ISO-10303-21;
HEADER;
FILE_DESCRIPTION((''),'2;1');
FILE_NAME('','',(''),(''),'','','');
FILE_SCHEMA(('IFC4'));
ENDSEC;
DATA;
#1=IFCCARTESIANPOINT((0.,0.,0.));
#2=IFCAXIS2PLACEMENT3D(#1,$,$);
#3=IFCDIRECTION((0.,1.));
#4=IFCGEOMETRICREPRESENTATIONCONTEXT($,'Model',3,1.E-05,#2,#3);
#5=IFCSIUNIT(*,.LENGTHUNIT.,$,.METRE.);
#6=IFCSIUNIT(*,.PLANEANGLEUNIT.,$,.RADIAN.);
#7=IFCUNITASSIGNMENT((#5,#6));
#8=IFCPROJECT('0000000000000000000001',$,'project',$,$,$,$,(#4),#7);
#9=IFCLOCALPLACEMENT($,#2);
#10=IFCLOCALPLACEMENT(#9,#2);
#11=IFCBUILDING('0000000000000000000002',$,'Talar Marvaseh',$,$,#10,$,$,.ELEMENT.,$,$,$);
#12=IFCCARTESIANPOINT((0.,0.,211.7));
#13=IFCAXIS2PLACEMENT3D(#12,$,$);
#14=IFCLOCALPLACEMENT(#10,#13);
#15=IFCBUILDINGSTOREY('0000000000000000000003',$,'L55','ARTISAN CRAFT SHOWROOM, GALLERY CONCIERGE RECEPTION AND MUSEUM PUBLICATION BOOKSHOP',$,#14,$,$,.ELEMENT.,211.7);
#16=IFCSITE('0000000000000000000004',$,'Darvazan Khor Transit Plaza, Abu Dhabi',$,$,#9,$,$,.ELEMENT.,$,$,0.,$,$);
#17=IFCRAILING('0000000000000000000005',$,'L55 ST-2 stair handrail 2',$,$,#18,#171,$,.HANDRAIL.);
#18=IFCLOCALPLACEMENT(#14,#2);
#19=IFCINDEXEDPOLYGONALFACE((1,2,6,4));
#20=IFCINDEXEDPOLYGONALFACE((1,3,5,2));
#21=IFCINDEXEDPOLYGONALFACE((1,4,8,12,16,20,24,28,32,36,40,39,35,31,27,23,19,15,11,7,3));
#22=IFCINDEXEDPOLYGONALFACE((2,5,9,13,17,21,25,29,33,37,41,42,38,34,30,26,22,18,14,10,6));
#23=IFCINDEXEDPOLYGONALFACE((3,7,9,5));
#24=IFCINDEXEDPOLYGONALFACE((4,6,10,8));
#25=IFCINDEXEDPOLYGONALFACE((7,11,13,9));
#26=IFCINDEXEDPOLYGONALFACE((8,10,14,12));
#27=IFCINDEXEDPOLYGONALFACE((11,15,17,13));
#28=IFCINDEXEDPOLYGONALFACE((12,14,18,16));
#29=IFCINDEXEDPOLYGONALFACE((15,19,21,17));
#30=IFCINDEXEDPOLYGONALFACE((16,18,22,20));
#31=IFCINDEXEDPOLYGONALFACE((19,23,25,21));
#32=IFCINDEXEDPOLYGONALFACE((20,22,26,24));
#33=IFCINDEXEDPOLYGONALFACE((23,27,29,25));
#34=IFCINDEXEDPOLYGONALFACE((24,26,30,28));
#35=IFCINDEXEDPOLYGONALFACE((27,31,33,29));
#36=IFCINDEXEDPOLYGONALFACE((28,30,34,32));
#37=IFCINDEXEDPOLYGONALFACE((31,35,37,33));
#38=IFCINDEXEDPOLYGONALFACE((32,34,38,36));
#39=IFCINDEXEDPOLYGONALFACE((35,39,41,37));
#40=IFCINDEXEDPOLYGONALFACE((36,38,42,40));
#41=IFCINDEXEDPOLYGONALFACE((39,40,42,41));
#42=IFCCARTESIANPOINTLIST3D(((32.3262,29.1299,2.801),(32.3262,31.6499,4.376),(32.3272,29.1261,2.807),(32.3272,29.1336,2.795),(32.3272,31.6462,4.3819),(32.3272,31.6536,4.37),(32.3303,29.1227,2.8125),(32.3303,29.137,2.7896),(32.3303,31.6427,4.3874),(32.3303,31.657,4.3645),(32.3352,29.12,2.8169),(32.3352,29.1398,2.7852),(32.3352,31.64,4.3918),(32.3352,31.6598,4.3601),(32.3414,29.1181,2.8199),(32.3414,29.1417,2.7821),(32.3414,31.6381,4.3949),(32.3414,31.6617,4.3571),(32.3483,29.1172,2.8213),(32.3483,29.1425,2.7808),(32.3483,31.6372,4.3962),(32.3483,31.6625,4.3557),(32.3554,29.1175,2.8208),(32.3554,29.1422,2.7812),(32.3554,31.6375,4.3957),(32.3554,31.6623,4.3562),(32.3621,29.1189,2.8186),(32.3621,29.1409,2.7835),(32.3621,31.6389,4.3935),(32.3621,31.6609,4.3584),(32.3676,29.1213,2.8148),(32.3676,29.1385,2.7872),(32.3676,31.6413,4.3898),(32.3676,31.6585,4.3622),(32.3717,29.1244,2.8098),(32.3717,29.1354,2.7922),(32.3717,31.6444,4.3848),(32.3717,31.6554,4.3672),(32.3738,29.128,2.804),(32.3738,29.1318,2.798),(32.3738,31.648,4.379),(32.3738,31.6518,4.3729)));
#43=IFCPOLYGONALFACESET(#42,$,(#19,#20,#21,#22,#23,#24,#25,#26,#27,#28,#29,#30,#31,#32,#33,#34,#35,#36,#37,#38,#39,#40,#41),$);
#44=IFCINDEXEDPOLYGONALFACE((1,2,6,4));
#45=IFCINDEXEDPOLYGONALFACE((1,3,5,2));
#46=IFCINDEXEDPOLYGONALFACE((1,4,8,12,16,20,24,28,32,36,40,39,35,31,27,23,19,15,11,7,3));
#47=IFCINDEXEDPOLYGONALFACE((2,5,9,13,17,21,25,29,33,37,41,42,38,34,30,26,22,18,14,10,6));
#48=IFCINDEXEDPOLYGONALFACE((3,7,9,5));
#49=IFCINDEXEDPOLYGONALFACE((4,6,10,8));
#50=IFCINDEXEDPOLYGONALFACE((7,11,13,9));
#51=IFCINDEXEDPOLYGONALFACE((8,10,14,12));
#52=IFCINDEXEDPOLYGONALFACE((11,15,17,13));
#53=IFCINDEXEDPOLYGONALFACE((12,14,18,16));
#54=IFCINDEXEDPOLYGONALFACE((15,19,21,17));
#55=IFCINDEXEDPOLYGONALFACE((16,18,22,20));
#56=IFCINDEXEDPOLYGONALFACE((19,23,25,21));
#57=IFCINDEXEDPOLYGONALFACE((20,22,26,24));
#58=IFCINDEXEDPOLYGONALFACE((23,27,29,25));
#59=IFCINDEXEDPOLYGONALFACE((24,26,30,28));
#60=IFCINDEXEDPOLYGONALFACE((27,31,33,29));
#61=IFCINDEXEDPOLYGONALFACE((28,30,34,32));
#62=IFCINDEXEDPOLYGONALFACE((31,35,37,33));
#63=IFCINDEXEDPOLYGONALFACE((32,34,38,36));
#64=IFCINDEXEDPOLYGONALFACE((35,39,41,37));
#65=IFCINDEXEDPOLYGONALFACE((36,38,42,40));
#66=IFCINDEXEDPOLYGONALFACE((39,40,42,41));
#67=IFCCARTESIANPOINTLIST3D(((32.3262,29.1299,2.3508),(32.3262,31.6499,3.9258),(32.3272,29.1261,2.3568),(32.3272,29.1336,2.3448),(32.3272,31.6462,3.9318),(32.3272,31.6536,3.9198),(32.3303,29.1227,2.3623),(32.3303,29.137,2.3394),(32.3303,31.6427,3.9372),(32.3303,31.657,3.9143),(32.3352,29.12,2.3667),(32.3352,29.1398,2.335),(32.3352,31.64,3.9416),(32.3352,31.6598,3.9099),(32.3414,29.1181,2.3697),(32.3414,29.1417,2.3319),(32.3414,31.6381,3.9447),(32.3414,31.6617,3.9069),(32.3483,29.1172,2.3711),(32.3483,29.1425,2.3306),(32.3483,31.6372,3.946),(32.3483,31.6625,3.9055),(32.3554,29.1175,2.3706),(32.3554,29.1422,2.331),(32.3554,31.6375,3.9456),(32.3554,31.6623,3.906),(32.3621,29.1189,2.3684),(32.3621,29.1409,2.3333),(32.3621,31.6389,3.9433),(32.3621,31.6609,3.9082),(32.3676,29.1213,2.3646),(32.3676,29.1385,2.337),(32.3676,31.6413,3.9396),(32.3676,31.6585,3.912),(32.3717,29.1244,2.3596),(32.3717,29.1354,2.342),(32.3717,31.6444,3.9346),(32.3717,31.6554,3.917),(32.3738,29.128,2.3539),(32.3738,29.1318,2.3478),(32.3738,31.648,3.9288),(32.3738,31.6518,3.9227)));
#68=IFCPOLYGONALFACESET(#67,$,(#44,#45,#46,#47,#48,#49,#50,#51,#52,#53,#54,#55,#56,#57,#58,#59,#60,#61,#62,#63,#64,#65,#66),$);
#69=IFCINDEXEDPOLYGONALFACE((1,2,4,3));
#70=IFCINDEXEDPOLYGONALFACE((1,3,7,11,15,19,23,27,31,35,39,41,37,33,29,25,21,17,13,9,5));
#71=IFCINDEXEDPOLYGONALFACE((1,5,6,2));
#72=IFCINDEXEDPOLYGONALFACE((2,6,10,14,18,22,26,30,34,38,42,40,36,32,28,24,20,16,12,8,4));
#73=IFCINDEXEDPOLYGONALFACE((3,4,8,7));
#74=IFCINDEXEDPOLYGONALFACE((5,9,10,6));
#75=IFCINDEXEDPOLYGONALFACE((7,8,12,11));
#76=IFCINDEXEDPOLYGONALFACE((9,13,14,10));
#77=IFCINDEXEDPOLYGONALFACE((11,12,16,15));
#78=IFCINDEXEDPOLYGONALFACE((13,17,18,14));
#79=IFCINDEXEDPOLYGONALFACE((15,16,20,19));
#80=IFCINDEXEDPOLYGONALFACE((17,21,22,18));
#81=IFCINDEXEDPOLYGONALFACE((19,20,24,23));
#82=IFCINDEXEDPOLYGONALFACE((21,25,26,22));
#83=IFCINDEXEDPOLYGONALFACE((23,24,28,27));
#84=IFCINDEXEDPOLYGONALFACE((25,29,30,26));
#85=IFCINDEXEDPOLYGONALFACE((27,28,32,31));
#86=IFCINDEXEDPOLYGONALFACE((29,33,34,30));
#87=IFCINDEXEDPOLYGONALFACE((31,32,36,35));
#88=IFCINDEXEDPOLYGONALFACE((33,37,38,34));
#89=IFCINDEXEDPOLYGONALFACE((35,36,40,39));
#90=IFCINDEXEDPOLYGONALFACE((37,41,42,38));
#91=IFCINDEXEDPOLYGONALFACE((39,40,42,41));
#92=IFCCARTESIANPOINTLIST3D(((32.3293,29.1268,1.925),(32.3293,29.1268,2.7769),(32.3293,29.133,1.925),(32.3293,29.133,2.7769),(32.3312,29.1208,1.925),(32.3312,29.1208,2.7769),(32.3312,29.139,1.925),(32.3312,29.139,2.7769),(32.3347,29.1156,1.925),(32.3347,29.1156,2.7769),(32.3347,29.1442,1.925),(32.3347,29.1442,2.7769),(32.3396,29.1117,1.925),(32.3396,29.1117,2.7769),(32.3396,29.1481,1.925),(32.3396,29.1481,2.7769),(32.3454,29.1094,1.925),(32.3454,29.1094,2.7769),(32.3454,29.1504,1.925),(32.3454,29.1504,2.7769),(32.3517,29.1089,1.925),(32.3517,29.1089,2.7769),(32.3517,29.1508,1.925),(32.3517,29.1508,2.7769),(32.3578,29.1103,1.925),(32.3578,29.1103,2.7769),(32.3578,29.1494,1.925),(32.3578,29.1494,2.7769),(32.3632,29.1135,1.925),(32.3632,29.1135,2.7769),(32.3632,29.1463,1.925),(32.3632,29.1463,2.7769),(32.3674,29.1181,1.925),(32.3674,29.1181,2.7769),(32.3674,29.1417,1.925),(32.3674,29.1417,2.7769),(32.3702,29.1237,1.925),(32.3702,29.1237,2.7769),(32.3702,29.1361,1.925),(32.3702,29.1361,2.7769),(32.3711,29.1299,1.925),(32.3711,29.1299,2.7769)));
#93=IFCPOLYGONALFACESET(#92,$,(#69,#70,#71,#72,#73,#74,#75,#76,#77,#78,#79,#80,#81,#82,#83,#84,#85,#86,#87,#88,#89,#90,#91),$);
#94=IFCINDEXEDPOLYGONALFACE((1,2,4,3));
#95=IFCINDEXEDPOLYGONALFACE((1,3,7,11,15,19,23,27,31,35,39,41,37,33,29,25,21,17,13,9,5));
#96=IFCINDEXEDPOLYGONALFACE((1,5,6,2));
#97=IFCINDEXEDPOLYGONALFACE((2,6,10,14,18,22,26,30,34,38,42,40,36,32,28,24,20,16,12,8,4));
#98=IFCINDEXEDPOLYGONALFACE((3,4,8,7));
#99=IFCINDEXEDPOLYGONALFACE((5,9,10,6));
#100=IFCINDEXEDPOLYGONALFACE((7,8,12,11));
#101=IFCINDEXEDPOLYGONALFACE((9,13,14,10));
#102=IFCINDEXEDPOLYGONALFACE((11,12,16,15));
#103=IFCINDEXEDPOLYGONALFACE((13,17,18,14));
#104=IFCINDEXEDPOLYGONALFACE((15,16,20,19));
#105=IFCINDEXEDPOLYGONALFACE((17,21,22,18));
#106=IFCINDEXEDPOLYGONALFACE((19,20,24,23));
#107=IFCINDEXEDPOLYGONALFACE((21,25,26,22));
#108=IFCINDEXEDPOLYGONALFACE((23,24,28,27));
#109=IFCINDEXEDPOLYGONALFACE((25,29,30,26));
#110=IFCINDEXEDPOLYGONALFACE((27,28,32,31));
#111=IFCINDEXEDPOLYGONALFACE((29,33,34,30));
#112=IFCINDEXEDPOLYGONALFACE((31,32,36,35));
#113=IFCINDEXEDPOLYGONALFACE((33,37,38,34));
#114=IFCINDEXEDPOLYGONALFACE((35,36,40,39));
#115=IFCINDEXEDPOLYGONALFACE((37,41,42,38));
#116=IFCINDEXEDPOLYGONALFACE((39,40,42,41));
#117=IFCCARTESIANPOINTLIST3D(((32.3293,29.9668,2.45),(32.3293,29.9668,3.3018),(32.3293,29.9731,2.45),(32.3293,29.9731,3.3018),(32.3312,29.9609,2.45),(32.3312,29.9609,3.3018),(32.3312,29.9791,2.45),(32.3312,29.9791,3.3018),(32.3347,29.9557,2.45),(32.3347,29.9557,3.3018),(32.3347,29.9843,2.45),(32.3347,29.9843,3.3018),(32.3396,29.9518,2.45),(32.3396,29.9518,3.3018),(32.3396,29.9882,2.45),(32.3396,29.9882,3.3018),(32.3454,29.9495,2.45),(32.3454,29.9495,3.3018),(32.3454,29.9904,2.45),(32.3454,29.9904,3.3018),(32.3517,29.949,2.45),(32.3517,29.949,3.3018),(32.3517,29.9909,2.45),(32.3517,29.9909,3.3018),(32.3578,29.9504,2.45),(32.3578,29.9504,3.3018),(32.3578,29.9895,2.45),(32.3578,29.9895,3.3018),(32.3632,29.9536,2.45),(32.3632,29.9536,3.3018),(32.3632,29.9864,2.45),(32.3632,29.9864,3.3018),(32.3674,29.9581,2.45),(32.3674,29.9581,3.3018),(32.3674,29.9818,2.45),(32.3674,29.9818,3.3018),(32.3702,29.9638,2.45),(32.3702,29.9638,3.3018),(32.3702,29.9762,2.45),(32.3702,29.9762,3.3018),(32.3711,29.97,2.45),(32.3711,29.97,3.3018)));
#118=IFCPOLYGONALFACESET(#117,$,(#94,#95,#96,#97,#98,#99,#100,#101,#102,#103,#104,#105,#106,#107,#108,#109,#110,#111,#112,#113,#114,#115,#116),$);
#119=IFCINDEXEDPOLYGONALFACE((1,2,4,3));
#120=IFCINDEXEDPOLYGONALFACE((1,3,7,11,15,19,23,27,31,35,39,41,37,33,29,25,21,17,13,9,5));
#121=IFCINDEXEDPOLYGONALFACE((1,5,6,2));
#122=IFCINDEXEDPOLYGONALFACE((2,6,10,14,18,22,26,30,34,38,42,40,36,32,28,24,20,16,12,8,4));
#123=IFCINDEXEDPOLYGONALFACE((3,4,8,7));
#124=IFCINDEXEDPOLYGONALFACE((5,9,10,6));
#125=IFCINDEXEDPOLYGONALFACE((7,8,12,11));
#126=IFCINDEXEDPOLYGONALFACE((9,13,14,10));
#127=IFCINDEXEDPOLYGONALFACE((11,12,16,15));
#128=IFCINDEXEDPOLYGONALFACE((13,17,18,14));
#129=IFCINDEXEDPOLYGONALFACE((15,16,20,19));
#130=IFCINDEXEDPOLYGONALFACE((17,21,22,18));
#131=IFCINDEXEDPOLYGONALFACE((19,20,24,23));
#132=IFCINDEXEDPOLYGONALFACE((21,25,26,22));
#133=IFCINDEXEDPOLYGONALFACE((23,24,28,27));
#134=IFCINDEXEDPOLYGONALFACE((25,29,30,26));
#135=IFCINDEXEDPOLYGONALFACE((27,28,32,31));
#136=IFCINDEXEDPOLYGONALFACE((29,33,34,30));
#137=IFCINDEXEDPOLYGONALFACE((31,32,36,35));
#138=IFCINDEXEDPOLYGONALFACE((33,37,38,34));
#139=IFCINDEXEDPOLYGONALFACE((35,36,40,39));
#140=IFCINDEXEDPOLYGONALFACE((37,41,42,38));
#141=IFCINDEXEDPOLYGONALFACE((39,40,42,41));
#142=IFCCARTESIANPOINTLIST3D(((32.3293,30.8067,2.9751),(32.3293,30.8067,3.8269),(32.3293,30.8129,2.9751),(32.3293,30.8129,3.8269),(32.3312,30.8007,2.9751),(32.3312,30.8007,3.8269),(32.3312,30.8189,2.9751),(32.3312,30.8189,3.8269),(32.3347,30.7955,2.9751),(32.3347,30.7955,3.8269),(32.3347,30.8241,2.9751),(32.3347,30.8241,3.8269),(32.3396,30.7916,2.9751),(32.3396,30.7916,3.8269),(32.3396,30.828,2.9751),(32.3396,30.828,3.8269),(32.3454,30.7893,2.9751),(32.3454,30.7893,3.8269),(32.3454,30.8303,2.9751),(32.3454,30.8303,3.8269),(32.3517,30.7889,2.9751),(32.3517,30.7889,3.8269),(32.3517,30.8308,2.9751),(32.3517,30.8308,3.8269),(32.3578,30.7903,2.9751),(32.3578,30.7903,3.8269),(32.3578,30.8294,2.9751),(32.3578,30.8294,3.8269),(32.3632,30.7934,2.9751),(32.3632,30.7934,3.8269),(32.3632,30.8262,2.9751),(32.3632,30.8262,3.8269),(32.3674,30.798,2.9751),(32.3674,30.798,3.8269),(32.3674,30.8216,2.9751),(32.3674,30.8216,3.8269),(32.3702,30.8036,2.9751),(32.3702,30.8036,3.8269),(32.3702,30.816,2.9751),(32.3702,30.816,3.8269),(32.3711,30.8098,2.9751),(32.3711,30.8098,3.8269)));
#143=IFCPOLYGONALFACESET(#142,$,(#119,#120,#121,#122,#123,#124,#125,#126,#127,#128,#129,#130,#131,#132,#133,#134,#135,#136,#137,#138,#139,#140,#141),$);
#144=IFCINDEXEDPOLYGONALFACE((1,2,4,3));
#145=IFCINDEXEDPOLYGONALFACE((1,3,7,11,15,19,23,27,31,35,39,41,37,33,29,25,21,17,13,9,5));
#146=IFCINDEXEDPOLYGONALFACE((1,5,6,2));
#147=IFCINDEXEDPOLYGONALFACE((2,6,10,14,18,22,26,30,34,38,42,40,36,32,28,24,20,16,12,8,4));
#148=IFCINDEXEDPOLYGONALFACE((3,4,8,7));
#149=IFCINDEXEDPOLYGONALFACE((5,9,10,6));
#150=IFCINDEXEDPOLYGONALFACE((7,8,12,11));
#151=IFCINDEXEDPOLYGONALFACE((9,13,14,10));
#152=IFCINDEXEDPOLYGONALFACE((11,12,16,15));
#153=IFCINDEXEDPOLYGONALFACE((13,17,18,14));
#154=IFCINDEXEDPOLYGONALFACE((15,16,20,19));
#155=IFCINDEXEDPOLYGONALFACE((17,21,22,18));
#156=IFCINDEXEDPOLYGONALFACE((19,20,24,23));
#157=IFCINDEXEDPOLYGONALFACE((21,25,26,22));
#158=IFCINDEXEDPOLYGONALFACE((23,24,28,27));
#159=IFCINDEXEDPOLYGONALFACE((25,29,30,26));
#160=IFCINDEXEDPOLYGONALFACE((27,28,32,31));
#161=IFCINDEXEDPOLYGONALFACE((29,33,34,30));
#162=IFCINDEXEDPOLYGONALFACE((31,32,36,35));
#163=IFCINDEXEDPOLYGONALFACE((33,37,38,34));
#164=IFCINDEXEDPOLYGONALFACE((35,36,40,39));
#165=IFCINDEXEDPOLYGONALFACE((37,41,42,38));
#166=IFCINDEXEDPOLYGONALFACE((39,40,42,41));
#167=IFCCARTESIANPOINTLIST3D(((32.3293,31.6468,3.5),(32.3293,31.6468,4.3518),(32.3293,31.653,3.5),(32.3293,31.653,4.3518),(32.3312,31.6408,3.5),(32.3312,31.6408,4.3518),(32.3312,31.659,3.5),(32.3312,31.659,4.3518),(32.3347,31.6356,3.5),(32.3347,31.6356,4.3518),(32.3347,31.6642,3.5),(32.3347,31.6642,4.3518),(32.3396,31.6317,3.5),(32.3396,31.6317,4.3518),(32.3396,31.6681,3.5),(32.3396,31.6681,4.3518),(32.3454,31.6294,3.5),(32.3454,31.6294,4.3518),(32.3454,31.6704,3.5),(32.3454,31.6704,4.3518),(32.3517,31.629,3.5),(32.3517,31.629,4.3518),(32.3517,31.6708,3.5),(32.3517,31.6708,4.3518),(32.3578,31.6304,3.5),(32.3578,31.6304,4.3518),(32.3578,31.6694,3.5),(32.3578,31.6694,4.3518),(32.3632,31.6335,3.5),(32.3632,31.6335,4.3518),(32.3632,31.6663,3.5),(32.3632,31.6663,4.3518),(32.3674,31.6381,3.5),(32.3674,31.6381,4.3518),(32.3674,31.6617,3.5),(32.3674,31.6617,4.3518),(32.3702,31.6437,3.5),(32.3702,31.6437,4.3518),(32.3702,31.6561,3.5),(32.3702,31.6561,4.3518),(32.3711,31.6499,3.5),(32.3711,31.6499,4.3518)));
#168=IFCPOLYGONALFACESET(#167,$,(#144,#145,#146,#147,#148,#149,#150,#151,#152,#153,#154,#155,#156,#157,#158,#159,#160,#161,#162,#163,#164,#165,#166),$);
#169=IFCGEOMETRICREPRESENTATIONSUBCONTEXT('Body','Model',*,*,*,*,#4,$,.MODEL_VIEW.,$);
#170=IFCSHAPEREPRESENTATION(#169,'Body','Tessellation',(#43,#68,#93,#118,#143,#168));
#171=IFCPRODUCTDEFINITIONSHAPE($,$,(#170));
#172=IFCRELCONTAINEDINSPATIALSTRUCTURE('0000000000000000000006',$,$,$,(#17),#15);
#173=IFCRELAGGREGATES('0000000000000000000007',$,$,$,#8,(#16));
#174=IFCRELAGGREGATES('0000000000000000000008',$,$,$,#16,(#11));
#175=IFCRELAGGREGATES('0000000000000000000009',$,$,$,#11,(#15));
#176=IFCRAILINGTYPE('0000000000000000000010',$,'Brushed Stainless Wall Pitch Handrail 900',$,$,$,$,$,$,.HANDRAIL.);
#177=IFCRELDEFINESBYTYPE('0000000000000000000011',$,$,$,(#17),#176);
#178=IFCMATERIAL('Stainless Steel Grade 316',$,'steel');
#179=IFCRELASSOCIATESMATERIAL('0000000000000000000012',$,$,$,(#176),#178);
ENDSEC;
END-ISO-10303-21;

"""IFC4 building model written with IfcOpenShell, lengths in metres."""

from ifc_helpers import new_model, si_unit, direction, frame, origin, origin_2d, place, context, subcontext, project, spatial, circle, extrude, material, type_object, element, save


model = new_model("IFC4")

# Units and contexts
model_context = context("Model", 3, precision=1e-05, world=origin(), true_north=direction((0.0, 1.0)))
body_context = subcontext(model_context, "Body", "Model", "MODEL_VIEW")
ifc_project = project(units=[si_unit("LENGTHUNIT", "METRE"), si_unit("PLANEANGLEUNIT", "RADIAN")], contexts=[model_context])

# Site, building, storey
site_placement = place(None, origin())
site = spatial("IfcSite", under=ifc_project, at=site_placement, Name="Darvazan Khor Transit Plaza, Abu Dhabi", CompositionType="ELEMENT", RefElevation=0.0)
building_placement = place(site_placement, origin())
building = spatial("IfcBuilding", under=site, at=building_placement, Name="Talar Marvaseh", CompositionType="ELEMENT")
storey_placement = place(building_placement, frame((0.0, 0.0, 211.7)))
storey = spatial("IfcBuildingStorey", under=building, at=storey_placement, Name="L55", Description="ARTISAN CRAFT SHOWROOM, GALLERY CONCIERGE RECEPTION AND MUSEUM PUBLICATION BOOKSHOP", CompositionType="ELEMENT", Elevation=211.7)

# Shared definitions
ifc_material_1 = material(Name="Stainless Steel Grade 316", Category="steel")

# Railing
railing_type_1 = type_object("IfcRailingType", Name="Brushed Stainless Wall Pitch Handrail 900", PredefinedType="HANDRAIL", material=ifc_material_1)
railing_1_placement = place(storey_placement, frame((32.3501, 29.1299, 1.925)))
element("IfcRailing", 1, at=railing_1_placement, inside=storey, type_object=railing_type_1, Name="L55 ST-2 stair handrail 2", PredefinedType="HANDRAIL", context=body_context, shape_type="SweptSolid", body=[
    extrude(circle(Radius=0.0239, at=origin_2d()), frame((0.0, 0.0, 0.876), z_axis=(0.0, 0.848008, 0.529984), x_axis=(-1.0, 0.0, 0.0)), (0.0, 0.0, 1.0), 2.9717),
    extrude(circle(Radius=0.0239, at=origin_2d()), frame((0.0, 0.0, 0.4258), z_axis=(0.0, 0.848008, 0.529984), x_axis=(-1.0, 0.0, 0.0)), (0.0, 0.0, 1.0), 2.9717),
    extrude(circle(Radius=0.021, at=origin_2d()), origin(), (0.0, 0.0, 1.0), 0.8518),
    extrude(circle(Radius=0.021, at=origin_2d()), frame((0.0, 0.8401, 0.5249)), (0.0, 0.0, 1.0), 0.8518),
    extrude(circle(Radius=0.021, at=origin_2d()), frame((0.0, 1.6799, 1.05)), (0.0, 0.0, 1.0), 0.8518),
    extrude(circle(Radius=0.021, at=origin_2d()), frame((0.0, 2.52, 1.575)), (0.0, 0.0, 1.0), 0.8518),
])

save(model, "model.ifc")
